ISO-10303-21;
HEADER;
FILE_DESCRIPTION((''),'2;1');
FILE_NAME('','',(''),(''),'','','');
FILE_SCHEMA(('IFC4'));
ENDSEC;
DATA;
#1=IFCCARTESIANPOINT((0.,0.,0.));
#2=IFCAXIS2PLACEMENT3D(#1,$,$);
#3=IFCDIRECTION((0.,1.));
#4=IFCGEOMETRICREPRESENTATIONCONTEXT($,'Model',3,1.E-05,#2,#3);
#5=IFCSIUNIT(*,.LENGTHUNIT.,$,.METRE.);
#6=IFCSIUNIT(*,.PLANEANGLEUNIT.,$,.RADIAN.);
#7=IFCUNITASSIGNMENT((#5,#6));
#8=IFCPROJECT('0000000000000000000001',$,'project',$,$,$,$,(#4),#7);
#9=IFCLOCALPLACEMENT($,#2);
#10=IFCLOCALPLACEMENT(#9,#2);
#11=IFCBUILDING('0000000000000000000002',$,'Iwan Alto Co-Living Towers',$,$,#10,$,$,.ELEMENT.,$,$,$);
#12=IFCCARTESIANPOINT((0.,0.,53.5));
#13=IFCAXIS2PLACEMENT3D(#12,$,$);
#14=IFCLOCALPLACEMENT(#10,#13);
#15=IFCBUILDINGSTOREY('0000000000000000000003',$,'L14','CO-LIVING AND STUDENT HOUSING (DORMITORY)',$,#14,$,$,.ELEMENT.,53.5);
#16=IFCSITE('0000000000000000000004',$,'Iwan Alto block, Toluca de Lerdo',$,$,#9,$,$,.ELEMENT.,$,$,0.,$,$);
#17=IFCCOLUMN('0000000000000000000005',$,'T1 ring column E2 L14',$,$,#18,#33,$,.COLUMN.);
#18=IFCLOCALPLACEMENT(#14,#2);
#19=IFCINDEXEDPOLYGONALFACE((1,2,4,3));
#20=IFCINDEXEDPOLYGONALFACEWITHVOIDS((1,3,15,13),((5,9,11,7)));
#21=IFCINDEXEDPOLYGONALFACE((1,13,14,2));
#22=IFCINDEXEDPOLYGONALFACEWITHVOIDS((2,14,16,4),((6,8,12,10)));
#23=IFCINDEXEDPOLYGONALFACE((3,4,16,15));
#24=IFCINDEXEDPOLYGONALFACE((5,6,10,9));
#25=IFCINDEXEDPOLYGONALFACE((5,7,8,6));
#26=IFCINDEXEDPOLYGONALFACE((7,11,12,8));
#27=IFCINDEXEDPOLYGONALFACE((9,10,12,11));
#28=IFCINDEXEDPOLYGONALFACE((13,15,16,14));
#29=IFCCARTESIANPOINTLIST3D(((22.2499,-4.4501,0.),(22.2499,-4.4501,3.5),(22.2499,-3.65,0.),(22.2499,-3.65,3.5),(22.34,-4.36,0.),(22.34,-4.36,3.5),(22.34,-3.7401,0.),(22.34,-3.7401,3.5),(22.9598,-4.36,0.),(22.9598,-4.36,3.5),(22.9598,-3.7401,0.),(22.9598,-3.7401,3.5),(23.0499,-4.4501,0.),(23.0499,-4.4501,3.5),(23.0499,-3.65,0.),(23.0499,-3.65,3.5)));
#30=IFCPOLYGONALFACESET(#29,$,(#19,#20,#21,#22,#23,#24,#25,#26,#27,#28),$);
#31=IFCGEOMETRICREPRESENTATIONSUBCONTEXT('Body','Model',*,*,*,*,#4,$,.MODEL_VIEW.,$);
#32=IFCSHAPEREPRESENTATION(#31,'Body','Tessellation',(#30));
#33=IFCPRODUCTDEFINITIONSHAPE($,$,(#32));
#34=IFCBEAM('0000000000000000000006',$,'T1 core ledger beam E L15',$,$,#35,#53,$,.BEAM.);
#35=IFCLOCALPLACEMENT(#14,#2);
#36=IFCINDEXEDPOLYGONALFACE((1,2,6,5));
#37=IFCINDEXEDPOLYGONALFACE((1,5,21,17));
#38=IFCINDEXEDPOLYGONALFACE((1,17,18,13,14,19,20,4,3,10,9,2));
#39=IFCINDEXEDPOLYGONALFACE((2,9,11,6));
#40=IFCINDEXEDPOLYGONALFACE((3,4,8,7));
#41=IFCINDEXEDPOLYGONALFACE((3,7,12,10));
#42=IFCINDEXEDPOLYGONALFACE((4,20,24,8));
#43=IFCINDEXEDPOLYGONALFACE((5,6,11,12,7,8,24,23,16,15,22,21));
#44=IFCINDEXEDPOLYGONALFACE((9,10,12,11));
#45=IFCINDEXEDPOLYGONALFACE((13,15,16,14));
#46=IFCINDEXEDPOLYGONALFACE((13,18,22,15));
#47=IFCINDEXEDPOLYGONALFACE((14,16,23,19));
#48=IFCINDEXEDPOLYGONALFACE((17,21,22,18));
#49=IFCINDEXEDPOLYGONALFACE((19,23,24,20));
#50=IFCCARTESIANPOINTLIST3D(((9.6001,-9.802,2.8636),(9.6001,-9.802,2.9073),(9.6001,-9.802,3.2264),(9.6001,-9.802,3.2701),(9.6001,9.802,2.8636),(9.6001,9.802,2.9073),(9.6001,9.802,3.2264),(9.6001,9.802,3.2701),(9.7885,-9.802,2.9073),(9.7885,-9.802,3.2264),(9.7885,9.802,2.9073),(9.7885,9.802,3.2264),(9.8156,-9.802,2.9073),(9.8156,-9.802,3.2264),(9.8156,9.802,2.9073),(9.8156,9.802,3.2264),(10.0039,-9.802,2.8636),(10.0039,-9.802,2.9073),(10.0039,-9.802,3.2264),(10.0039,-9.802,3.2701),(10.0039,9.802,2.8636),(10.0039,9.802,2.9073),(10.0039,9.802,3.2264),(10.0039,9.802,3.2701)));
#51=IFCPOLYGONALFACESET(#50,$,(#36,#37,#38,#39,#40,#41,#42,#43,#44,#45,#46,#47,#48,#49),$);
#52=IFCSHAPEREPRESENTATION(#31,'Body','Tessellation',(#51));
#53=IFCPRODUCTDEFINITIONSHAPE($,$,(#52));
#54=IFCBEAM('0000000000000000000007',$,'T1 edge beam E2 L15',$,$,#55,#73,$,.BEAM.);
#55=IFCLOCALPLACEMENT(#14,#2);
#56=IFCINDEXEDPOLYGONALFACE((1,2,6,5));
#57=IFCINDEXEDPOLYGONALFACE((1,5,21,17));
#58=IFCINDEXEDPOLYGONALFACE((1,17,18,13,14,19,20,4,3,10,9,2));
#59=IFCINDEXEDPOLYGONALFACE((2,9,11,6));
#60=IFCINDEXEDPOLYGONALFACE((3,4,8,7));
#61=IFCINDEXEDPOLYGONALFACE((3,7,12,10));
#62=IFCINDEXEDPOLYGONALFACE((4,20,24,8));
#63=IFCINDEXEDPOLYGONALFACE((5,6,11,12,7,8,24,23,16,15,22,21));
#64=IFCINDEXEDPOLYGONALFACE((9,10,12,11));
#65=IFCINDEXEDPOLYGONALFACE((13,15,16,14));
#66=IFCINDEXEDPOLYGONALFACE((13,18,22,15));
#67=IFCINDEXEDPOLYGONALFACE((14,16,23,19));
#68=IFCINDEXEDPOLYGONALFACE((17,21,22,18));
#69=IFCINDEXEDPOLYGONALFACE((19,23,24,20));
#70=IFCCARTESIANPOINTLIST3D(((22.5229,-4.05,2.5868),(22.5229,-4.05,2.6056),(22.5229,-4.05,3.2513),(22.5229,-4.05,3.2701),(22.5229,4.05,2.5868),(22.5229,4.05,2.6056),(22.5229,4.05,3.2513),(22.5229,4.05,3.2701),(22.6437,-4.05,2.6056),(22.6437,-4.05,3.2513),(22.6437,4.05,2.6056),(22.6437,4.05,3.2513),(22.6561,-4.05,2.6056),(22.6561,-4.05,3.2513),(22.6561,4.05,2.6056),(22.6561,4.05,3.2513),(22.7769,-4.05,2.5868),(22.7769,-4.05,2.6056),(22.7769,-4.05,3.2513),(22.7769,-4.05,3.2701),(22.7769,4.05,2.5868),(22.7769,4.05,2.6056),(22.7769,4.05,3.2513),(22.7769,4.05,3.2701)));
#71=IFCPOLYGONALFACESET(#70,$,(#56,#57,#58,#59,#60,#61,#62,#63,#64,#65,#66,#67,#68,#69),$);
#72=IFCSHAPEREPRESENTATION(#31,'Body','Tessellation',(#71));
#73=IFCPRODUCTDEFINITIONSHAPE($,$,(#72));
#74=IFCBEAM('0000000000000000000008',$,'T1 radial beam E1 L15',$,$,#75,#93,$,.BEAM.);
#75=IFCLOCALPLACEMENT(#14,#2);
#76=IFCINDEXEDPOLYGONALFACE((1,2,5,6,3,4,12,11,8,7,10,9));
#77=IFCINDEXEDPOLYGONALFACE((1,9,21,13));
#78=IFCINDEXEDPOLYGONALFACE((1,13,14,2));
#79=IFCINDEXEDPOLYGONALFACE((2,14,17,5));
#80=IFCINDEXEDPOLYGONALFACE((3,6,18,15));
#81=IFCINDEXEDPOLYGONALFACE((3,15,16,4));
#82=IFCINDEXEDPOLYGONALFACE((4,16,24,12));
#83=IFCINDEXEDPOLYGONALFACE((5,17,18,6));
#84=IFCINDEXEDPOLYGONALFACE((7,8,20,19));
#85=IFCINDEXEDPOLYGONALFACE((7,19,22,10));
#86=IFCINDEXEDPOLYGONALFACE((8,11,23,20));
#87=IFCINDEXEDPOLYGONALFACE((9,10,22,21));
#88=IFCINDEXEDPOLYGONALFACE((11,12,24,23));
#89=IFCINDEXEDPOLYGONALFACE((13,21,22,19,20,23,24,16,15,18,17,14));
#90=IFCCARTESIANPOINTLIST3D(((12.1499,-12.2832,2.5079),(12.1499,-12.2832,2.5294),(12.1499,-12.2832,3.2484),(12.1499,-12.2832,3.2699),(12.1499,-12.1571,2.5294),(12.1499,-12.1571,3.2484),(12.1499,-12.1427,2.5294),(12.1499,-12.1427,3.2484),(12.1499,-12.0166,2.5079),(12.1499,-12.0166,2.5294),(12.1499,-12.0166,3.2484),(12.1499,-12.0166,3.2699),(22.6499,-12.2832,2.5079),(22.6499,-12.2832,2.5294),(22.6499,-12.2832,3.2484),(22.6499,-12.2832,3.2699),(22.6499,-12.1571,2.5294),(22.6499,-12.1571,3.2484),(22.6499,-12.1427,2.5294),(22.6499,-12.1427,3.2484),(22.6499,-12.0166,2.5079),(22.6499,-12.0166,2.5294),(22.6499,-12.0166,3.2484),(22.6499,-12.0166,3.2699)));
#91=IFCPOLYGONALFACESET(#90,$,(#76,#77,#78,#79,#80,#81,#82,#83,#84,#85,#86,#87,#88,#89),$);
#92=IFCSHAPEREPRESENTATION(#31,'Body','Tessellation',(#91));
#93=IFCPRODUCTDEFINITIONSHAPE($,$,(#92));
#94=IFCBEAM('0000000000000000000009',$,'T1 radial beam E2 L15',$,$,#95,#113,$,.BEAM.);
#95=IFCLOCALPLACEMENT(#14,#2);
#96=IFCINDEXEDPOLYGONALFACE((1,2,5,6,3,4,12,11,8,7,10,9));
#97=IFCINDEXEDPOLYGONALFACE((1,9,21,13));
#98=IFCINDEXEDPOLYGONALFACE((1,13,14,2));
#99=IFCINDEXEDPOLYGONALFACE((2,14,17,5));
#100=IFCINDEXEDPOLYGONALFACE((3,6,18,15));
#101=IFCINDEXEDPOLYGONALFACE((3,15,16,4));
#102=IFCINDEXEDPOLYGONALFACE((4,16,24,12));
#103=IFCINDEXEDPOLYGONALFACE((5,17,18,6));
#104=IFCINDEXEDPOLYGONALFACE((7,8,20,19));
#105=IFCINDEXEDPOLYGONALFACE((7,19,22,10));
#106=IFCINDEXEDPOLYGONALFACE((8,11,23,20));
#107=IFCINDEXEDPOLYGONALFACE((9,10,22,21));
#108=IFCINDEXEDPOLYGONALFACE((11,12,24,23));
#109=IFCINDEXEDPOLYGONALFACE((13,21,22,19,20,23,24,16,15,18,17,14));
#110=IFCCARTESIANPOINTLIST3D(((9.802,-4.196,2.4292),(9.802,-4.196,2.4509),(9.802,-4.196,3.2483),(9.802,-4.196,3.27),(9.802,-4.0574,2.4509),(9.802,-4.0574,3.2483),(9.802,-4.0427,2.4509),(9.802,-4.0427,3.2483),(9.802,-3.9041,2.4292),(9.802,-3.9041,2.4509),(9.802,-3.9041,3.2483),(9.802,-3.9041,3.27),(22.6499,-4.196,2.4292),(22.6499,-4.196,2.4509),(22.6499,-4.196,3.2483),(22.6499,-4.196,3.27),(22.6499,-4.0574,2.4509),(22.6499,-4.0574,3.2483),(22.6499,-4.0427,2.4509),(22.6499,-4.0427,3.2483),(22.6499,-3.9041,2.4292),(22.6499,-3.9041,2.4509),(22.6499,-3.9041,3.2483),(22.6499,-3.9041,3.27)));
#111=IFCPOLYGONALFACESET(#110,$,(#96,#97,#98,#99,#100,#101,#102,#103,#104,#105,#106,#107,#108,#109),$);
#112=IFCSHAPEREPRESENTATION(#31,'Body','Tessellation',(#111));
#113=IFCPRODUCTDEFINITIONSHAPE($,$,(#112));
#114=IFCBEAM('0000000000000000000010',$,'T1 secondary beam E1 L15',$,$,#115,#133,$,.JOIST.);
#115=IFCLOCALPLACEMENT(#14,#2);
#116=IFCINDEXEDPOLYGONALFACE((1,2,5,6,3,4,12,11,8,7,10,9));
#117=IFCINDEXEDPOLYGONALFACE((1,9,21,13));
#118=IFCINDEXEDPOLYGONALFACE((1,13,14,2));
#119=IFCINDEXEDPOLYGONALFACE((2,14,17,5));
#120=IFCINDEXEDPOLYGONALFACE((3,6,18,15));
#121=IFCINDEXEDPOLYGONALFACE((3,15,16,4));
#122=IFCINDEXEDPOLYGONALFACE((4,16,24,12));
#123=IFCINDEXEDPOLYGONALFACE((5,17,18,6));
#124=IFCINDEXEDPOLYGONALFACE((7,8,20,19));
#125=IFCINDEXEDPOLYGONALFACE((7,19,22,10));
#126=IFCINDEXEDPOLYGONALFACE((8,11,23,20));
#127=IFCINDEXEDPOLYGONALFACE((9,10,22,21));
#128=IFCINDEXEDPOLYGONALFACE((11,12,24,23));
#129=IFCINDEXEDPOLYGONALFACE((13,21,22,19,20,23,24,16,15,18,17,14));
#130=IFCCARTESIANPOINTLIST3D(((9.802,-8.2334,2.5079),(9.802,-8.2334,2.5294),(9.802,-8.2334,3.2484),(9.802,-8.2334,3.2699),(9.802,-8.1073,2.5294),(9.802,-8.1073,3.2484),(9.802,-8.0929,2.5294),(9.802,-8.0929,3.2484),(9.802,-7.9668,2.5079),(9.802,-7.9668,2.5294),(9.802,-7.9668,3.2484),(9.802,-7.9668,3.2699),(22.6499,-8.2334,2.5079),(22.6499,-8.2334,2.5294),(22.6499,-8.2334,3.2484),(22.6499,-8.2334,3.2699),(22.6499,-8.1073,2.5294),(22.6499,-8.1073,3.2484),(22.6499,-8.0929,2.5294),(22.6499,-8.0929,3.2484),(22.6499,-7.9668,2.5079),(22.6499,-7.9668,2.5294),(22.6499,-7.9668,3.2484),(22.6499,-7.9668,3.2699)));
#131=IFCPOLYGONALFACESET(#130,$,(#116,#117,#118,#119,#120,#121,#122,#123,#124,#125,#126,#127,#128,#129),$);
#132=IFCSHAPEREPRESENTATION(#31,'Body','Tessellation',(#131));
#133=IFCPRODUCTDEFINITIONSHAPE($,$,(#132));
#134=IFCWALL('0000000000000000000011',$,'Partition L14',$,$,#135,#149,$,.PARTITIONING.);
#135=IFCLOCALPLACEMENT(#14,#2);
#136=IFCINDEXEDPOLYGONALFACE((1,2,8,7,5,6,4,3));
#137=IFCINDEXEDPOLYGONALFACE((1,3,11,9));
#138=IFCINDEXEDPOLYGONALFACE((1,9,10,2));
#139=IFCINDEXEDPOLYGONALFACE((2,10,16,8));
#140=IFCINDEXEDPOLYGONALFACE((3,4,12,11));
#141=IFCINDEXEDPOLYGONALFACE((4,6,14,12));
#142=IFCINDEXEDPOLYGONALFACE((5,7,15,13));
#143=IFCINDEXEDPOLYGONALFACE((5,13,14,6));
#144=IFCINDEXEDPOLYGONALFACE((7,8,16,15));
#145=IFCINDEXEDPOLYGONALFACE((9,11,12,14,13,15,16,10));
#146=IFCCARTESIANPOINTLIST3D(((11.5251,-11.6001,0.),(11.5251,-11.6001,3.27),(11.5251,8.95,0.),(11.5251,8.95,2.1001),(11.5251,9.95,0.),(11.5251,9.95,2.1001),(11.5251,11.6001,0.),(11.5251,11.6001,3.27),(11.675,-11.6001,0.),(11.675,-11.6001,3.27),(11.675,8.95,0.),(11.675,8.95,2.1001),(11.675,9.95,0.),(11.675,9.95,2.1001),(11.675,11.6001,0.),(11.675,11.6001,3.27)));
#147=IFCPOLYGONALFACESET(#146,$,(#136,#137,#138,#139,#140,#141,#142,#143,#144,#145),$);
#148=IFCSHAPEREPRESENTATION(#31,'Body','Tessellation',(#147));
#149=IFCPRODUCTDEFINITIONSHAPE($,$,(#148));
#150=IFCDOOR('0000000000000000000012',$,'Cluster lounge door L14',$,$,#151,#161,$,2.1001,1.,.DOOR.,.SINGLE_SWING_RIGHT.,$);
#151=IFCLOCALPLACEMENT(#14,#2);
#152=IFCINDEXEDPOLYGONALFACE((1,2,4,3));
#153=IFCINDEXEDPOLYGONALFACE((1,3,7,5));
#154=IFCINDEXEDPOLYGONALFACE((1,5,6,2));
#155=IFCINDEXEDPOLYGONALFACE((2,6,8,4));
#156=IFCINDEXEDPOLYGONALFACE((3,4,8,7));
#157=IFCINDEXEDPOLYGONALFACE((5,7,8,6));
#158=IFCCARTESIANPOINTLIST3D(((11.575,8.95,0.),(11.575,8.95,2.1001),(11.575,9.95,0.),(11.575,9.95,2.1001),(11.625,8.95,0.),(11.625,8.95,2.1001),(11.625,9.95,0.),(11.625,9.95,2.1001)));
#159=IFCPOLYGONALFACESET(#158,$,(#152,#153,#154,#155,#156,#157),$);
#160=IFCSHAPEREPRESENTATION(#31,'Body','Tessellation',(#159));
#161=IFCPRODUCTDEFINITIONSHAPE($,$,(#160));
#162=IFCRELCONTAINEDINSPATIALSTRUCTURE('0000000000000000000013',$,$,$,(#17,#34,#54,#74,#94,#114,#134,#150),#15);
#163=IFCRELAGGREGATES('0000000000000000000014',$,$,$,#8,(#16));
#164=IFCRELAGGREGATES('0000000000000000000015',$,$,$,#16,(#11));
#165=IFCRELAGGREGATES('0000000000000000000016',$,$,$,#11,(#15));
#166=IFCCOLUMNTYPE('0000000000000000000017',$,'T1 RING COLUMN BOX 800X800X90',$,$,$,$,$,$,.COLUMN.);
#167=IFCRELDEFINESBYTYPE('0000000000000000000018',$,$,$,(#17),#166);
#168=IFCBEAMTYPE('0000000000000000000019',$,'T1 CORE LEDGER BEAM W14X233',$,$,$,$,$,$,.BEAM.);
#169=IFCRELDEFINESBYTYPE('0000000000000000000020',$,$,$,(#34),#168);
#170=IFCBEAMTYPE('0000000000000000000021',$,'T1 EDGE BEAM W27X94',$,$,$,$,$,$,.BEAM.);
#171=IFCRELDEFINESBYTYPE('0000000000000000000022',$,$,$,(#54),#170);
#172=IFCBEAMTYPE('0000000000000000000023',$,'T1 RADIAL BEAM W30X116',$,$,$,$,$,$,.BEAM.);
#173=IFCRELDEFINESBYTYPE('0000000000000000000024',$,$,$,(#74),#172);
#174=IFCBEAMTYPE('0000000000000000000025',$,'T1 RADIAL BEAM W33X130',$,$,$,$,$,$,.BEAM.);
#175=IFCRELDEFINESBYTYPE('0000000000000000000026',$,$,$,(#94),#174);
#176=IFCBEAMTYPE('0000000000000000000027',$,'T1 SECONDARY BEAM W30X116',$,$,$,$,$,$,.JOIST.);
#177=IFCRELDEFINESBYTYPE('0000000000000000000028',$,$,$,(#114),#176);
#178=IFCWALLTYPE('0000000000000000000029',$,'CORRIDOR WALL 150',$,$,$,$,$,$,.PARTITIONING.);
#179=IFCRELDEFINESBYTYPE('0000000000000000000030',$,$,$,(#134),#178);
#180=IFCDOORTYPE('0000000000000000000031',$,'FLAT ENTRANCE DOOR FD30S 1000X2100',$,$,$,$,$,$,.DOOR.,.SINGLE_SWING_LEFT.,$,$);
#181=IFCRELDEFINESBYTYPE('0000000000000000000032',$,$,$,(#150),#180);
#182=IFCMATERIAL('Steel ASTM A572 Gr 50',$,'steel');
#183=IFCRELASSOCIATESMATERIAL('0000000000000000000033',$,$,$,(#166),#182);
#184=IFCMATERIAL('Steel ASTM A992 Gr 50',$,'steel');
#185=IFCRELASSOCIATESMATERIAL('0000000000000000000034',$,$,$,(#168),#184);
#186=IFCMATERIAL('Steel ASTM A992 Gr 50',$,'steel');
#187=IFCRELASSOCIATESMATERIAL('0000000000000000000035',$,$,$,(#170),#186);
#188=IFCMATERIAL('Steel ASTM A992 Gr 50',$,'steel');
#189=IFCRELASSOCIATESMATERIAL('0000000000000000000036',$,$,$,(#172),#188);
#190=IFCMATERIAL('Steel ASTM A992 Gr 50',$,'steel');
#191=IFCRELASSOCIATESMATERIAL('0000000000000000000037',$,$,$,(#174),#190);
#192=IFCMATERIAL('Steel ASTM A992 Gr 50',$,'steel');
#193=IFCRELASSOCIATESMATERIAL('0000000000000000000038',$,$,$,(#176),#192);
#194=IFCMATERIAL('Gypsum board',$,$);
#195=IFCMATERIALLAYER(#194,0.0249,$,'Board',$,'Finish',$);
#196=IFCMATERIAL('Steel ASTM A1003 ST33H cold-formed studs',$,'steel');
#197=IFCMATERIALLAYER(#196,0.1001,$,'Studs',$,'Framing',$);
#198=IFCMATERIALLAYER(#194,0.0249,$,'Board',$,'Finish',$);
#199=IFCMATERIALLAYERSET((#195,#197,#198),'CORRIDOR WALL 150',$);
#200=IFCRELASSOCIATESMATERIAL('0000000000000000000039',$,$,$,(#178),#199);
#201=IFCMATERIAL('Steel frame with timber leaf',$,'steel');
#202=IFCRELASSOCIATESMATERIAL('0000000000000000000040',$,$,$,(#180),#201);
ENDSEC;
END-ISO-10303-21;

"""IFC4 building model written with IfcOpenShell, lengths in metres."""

from ifc_helpers import new_model, si_unit, direction, frame, frame_2d, origin, origin_2d, place, context, subcontext, project, spatial, rectangle, hollow_rectangle, i_section, extrude, material, layer, layer_set, material_profile, profile_set, type_object, element, fill, save


model = new_model("IFC4")

# Units and contexts
model_context = context("Model", 3, precision=1e-05, world=origin(), true_north=direction((0.0, 1.0)))
body_context = subcontext(model_context, "Body", "Model", "MODEL_VIEW")
ifc_project = project(units=[si_unit("LENGTHUNIT", "METRE"), si_unit("PLANEANGLEUNIT", "RADIAN")], contexts=[model_context])

# Site, building, storey
site_placement = place(None, origin())
site = spatial("IfcSite", under=ifc_project, at=site_placement, Name="Iwan Alto block, Toluca de Lerdo", CompositionType="ELEMENT", RefElevation=0.0)
building_placement = place(site_placement, origin())
building = spatial("IfcBuilding", under=site, at=building_placement, Name="Iwan Alto Co-Living Towers", CompositionType="ELEMENT")
storey_placement = place(building_placement, frame((0.0, 0.0, 53.5)))
storey = spatial("IfcBuildingStorey", under=building, at=storey_placement, Name="L14", Description="CO-LIVING AND STUDENT HOUSING (DORMITORY)", CompositionType="ELEMENT", Elevation=53.5)

# Column
ifc_material_1 = material(Name="Steel ASTM A572 Gr 50", Category="steel")
ifc_material_profile_1 = material_profile(ifc_material_1, hollow_rectangle(XDim=0.8, YDim=0.8, WallThickness=0.0901, at=origin_2d()), Name="BOX 800X800X90")
ifc_profile_set_1 = profile_set([ifc_material_profile_1], Name="Steel ASTM A572 Gr 50")
column_type = type_object("IfcColumnType", Name="T1 RING COLUMN BOX 800X800X90", PredefinedType="COLUMN", material=ifc_profile_set_1)
column_placement = place(storey_placement, frame((22.6499, -4.05, 0.0), z_axis=(0.0, 0.0, 1.0), x_axis=(1.0, 0.0, 0.0)))
element("IfcColumn", 1, at=column_placement, inside=storey, type_object=column_type, Name="T1 ring column E2 L14", PredefinedType="COLUMN", context=body_context, shape_type="SweptSolid", body=[
    extrude(hollow_rectangle(XDim=0.8, YDim=0.8, WallThickness=0.0901, at=origin_2d()), origin(), (0.0, 0.0, 1.0), 3.5),
])

# Beams
ifc_material_2 = material(Name="Steel ASTM A992 Gr 50", Category="steel")
ifc_material_profile_2 = material_profile(ifc_material_2, i_section(OverallWidth=0.4038, OverallDepth=0.4065, WebThickness=0.0271, FlangeThickness=0.0437, at=origin_2d()), Name="W14X233")
ifc_profile_set_2 = profile_set([ifc_material_profile_2], Name="Steel ASTM A992 Gr 50")
beam_type_1 = type_object("IfcBeamType", Name="T1 CORE LEDGER BEAM W14X233", PredefinedType="BEAM", material=ifc_profile_set_2)
beam_1_placement = place(storey_placement, frame((9.802, -9.802, 3.0669), z_axis=(0.0, 1.0, 0.0), x_axis=(-1.0, 0.0, 0.0)))
element("IfcBeam", 2, at=beam_1_placement, inside=storey, type_object=beam_type_1, Name="T1 core ledger beam E L15", PredefinedType="BEAM", context=body_context, shape_type="SweptSolid", body=[
    extrude(i_section(OverallWidth=0.4038, OverallDepth=0.4065, WebThickness=0.0271, FlangeThickness=0.0437, at=origin_2d()), origin(), (0.0, 0.0, 1.0), 19.604),
])
ifc_material_3 = material(Name="Steel ASTM A992 Gr 50", Category="steel")
ifc_material_profile_3 = material_profile(ifc_material_3, i_section(OverallWidth=0.2539, OverallDepth=0.6833, WebThickness=0.0125, FlangeThickness=0.0188, at=origin_2d()), Name="W27X94")
ifc_profile_set_3 = profile_set([ifc_material_profile_3], Name="Steel ASTM A992 Gr 50")
beam_type_2 = type_object("IfcBeamType", Name="T1 EDGE BEAM W27X94", PredefinedType="BEAM", material=ifc_profile_set_3)
beam_2_placement = place(storey_placement, frame((22.6499, -4.05, 2.9285), z_axis=(0.0, 1.0, 0.0), x_axis=(-1.0, 0.0, 0.0)))
element("IfcBeam", 3, at=beam_2_placement, inside=storey, type_object=beam_type_2, Name="T1 edge beam E2 L15", PredefinedType="BEAM", context=body_context, shape_type="SweptSolid", body=[
    extrude(i_section(OverallWidth=0.2539, OverallDepth=0.6833, WebThickness=0.0125, FlangeThickness=0.0188, at=origin_2d()), origin(), (0.0, 0.0, 1.0), 8.1001),
])
ifc_material_4 = material(Name="Steel ASTM A992 Gr 50", Category="steel")
ifc_material_profile_4 = material_profile(ifc_material_4, i_section(OverallWidth=0.2666, OverallDepth=0.762, WebThickness=0.0144, FlangeThickness=0.0215, at=origin_2d()), Name="W30X116")
ifc_profile_set_4 = profile_set([ifc_material_profile_4], Name="Steel ASTM A992 Gr 50")
beam_type_3 = type_object("IfcBeamType", Name="T1 RADIAL BEAM W30X116", PredefinedType="BEAM", material=ifc_profile_set_4)
beam_3_placement = place(storey_placement, frame((22.6499, -12.1499, 2.8889), z_axis=(-1.0, 0.0, 0.0), x_axis=(0.0, -1.0, 0.0)))
element("IfcBeam", 4, at=beam_3_placement, inside=storey, type_object=beam_type_3, Name="T1 radial beam E1 L15", PredefinedType="BEAM", context=body_context, shape_type="SweptSolid", body=[
    extrude(i_section(OverallWidth=0.2666, OverallDepth=0.762, WebThickness=0.0144, FlangeThickness=0.0215, at=origin_2d()), origin(), (0.0, 0.0, 1.0), 10.5),
])
ifc_material_5 = material(Name="Steel ASTM A992 Gr 50", Category="steel")
ifc_material_profile_5 = material_profile(ifc_material_5, i_section(OverallWidth=0.292, OverallDepth=0.8408, WebThickness=0.0146, FlangeThickness=0.0217, at=origin_2d()), Name="W33X130")
ifc_profile_set_5 = profile_set([ifc_material_profile_5], Name="Steel ASTM A992 Gr 50")
beam_type_4 = type_object("IfcBeamType", Name="T1 RADIAL BEAM W33X130", PredefinedType="BEAM", material=ifc_profile_set_5)
beam_4_placement = place(storey_placement, frame((22.6499, -4.05, 2.8496), z_axis=(-1.0, 0.0, 0.0), x_axis=(0.0, -1.0, 0.0)))
element("IfcBeam", 5, at=beam_4_placement, inside=storey, type_object=beam_type_4, Name="T1 radial beam E2 L15", PredefinedType="BEAM", context=body_context, shape_type="SweptSolid", body=[
    extrude(i_section(OverallWidth=0.292, OverallDepth=0.8408, WebThickness=0.0146, FlangeThickness=0.0217, at=origin_2d()), origin(), (0.0, 0.0, 1.0), 12.8479),
])
ifc_material_6 = material(Name="Steel ASTM A992 Gr 50", Category="steel")
ifc_material_profile_6 = material_profile(ifc_material_6, i_section(OverallWidth=0.2666, OverallDepth=0.762, WebThickness=0.0144, FlangeThickness=0.0215, at=origin_2d()), Name="W30X116")
ifc_profile_set_6 = profile_set([ifc_material_profile_6], Name="Steel ASTM A992 Gr 50")
beam_type_5 = type_object("IfcBeamType", Name="T1 SECONDARY BEAM W30X116", PredefinedType="JOIST", material=ifc_profile_set_6)
beam_5_placement = place(storey_placement, frame((22.6499, -8.1001, 2.8889), z_axis=(-1.0, 0.0, 0.0), x_axis=(0.0, -1.0, 0.0)))
element("IfcBeam", 6, at=beam_5_placement, inside=storey, type_object=beam_type_5, Name="T1 secondary beam E1 L15", PredefinedType="JOIST", context=body_context, shape_type="SweptSolid", body=[
    extrude(i_section(OverallWidth=0.2666, OverallDepth=0.762, WebThickness=0.0144, FlangeThickness=0.0215, at=origin_2d()), origin(), (0.0, 0.0, 1.0), 12.8479),
])

# Wall, opening, door
ifc_material_7 = material(Name="Gypsum board")
ifc_layer_1 = layer(ifc_material_7, 0.0249, Name="Board", Category="Finish")
ifc_material_8 = material(Name="Steel ASTM A1003 ST33H cold-formed studs", Category="steel")
ifc_layer_2 = layer(ifc_material_8, 0.1001, Name="Studs", Category="Framing")
ifc_layer_3 = layer(ifc_material_7, 0.0249, Name="Board", Category="Finish")
ifc_layer_set_1 = layer_set([ifc_layer_1, ifc_layer_2, ifc_layer_3], Name="CORRIDOR WALL 150")
wall_type_1 = type_object("IfcWallType", Name="CORRIDOR WALL 150", PredefinedType="PARTITIONING", material=ifc_layer_set_1)
wall_1_placement = place(storey_placement, frame((11.6001, -11.6001, 0.0), z_axis=(0.0, 0.0, 1.0), x_axis=(0.0, 1.0, 0.0)))
wall_1 = element("IfcWall", 7, at=wall_1_placement, inside=storey, type_object=wall_type_1, Name="Partition L14", PredefinedType="PARTITIONING", context=body_context, shape_type="SweptSolid", body=[
    extrude(rectangle(XDim=23.2002, YDim=0.1499, at=frame_2d((11.6001, 0.0))), origin(), (0.0, 0.0, 1.0), 3.27),
])
opening_1_placement = place(wall_1_placement, frame((20.55, 0.0, 0.0)))
opening_1 = element("IfcOpeningElement", 8, at=opening_1_placement, cuts=wall_1, PredefinedType="OPENING", context=body_context, shape_type="SweptSolid", body=[
    extrude(rectangle(XDim=1.0, YDim=2.1001, at=frame_2d((0.5, 1.05))), frame((0.0, 0.085, 0.0), z_axis=(0.0, -1.0, 0.0), x_axis=(1.0, 0.0, 0.0)), (0.0, 0.0, 1.0), 0.1699),
])
ifc_material_9 = material(Name="Steel frame with timber leaf", Category="steel")
door_type_1 = type_object("IfcDoorType", Name="FLAT ENTRANCE DOOR FD30S 1000X2100", OperationType="SINGLE_SWING_LEFT", PredefinedType="DOOR", material=ifc_material_9)
door_1_placement = place(opening_1_placement, frame((1.0, 0.0, 0.0), z_axis=(0.0, 0.0, 1.0), x_axis=(-1.0, 0.0, 0.0)))
door_1 = element("IfcDoor", 9, at=door_1_placement, inside=storey, type_object=door_type_1, Name="Cluster lounge door L14", OperationType="SINGLE_SWING_RIGHT", OverallHeight=2.1001, OverallWidth=1.0, PredefinedType="DOOR", context=body_context, shape_type="SweptSolid", body=[
    extrude(rectangle(XDim=1.0, YDim=2.1001, at=frame_2d((0.5, 1.05))), frame((0.0, 0.0249, 0.0), z_axis=(0.0, -1.0, 0.0), x_axis=(1.0, 0.0, 0.0)), (0.0, 0.0, 1.0), 0.05),
])
fill(opening_1, door_1)

save(model, "model.ifc")
